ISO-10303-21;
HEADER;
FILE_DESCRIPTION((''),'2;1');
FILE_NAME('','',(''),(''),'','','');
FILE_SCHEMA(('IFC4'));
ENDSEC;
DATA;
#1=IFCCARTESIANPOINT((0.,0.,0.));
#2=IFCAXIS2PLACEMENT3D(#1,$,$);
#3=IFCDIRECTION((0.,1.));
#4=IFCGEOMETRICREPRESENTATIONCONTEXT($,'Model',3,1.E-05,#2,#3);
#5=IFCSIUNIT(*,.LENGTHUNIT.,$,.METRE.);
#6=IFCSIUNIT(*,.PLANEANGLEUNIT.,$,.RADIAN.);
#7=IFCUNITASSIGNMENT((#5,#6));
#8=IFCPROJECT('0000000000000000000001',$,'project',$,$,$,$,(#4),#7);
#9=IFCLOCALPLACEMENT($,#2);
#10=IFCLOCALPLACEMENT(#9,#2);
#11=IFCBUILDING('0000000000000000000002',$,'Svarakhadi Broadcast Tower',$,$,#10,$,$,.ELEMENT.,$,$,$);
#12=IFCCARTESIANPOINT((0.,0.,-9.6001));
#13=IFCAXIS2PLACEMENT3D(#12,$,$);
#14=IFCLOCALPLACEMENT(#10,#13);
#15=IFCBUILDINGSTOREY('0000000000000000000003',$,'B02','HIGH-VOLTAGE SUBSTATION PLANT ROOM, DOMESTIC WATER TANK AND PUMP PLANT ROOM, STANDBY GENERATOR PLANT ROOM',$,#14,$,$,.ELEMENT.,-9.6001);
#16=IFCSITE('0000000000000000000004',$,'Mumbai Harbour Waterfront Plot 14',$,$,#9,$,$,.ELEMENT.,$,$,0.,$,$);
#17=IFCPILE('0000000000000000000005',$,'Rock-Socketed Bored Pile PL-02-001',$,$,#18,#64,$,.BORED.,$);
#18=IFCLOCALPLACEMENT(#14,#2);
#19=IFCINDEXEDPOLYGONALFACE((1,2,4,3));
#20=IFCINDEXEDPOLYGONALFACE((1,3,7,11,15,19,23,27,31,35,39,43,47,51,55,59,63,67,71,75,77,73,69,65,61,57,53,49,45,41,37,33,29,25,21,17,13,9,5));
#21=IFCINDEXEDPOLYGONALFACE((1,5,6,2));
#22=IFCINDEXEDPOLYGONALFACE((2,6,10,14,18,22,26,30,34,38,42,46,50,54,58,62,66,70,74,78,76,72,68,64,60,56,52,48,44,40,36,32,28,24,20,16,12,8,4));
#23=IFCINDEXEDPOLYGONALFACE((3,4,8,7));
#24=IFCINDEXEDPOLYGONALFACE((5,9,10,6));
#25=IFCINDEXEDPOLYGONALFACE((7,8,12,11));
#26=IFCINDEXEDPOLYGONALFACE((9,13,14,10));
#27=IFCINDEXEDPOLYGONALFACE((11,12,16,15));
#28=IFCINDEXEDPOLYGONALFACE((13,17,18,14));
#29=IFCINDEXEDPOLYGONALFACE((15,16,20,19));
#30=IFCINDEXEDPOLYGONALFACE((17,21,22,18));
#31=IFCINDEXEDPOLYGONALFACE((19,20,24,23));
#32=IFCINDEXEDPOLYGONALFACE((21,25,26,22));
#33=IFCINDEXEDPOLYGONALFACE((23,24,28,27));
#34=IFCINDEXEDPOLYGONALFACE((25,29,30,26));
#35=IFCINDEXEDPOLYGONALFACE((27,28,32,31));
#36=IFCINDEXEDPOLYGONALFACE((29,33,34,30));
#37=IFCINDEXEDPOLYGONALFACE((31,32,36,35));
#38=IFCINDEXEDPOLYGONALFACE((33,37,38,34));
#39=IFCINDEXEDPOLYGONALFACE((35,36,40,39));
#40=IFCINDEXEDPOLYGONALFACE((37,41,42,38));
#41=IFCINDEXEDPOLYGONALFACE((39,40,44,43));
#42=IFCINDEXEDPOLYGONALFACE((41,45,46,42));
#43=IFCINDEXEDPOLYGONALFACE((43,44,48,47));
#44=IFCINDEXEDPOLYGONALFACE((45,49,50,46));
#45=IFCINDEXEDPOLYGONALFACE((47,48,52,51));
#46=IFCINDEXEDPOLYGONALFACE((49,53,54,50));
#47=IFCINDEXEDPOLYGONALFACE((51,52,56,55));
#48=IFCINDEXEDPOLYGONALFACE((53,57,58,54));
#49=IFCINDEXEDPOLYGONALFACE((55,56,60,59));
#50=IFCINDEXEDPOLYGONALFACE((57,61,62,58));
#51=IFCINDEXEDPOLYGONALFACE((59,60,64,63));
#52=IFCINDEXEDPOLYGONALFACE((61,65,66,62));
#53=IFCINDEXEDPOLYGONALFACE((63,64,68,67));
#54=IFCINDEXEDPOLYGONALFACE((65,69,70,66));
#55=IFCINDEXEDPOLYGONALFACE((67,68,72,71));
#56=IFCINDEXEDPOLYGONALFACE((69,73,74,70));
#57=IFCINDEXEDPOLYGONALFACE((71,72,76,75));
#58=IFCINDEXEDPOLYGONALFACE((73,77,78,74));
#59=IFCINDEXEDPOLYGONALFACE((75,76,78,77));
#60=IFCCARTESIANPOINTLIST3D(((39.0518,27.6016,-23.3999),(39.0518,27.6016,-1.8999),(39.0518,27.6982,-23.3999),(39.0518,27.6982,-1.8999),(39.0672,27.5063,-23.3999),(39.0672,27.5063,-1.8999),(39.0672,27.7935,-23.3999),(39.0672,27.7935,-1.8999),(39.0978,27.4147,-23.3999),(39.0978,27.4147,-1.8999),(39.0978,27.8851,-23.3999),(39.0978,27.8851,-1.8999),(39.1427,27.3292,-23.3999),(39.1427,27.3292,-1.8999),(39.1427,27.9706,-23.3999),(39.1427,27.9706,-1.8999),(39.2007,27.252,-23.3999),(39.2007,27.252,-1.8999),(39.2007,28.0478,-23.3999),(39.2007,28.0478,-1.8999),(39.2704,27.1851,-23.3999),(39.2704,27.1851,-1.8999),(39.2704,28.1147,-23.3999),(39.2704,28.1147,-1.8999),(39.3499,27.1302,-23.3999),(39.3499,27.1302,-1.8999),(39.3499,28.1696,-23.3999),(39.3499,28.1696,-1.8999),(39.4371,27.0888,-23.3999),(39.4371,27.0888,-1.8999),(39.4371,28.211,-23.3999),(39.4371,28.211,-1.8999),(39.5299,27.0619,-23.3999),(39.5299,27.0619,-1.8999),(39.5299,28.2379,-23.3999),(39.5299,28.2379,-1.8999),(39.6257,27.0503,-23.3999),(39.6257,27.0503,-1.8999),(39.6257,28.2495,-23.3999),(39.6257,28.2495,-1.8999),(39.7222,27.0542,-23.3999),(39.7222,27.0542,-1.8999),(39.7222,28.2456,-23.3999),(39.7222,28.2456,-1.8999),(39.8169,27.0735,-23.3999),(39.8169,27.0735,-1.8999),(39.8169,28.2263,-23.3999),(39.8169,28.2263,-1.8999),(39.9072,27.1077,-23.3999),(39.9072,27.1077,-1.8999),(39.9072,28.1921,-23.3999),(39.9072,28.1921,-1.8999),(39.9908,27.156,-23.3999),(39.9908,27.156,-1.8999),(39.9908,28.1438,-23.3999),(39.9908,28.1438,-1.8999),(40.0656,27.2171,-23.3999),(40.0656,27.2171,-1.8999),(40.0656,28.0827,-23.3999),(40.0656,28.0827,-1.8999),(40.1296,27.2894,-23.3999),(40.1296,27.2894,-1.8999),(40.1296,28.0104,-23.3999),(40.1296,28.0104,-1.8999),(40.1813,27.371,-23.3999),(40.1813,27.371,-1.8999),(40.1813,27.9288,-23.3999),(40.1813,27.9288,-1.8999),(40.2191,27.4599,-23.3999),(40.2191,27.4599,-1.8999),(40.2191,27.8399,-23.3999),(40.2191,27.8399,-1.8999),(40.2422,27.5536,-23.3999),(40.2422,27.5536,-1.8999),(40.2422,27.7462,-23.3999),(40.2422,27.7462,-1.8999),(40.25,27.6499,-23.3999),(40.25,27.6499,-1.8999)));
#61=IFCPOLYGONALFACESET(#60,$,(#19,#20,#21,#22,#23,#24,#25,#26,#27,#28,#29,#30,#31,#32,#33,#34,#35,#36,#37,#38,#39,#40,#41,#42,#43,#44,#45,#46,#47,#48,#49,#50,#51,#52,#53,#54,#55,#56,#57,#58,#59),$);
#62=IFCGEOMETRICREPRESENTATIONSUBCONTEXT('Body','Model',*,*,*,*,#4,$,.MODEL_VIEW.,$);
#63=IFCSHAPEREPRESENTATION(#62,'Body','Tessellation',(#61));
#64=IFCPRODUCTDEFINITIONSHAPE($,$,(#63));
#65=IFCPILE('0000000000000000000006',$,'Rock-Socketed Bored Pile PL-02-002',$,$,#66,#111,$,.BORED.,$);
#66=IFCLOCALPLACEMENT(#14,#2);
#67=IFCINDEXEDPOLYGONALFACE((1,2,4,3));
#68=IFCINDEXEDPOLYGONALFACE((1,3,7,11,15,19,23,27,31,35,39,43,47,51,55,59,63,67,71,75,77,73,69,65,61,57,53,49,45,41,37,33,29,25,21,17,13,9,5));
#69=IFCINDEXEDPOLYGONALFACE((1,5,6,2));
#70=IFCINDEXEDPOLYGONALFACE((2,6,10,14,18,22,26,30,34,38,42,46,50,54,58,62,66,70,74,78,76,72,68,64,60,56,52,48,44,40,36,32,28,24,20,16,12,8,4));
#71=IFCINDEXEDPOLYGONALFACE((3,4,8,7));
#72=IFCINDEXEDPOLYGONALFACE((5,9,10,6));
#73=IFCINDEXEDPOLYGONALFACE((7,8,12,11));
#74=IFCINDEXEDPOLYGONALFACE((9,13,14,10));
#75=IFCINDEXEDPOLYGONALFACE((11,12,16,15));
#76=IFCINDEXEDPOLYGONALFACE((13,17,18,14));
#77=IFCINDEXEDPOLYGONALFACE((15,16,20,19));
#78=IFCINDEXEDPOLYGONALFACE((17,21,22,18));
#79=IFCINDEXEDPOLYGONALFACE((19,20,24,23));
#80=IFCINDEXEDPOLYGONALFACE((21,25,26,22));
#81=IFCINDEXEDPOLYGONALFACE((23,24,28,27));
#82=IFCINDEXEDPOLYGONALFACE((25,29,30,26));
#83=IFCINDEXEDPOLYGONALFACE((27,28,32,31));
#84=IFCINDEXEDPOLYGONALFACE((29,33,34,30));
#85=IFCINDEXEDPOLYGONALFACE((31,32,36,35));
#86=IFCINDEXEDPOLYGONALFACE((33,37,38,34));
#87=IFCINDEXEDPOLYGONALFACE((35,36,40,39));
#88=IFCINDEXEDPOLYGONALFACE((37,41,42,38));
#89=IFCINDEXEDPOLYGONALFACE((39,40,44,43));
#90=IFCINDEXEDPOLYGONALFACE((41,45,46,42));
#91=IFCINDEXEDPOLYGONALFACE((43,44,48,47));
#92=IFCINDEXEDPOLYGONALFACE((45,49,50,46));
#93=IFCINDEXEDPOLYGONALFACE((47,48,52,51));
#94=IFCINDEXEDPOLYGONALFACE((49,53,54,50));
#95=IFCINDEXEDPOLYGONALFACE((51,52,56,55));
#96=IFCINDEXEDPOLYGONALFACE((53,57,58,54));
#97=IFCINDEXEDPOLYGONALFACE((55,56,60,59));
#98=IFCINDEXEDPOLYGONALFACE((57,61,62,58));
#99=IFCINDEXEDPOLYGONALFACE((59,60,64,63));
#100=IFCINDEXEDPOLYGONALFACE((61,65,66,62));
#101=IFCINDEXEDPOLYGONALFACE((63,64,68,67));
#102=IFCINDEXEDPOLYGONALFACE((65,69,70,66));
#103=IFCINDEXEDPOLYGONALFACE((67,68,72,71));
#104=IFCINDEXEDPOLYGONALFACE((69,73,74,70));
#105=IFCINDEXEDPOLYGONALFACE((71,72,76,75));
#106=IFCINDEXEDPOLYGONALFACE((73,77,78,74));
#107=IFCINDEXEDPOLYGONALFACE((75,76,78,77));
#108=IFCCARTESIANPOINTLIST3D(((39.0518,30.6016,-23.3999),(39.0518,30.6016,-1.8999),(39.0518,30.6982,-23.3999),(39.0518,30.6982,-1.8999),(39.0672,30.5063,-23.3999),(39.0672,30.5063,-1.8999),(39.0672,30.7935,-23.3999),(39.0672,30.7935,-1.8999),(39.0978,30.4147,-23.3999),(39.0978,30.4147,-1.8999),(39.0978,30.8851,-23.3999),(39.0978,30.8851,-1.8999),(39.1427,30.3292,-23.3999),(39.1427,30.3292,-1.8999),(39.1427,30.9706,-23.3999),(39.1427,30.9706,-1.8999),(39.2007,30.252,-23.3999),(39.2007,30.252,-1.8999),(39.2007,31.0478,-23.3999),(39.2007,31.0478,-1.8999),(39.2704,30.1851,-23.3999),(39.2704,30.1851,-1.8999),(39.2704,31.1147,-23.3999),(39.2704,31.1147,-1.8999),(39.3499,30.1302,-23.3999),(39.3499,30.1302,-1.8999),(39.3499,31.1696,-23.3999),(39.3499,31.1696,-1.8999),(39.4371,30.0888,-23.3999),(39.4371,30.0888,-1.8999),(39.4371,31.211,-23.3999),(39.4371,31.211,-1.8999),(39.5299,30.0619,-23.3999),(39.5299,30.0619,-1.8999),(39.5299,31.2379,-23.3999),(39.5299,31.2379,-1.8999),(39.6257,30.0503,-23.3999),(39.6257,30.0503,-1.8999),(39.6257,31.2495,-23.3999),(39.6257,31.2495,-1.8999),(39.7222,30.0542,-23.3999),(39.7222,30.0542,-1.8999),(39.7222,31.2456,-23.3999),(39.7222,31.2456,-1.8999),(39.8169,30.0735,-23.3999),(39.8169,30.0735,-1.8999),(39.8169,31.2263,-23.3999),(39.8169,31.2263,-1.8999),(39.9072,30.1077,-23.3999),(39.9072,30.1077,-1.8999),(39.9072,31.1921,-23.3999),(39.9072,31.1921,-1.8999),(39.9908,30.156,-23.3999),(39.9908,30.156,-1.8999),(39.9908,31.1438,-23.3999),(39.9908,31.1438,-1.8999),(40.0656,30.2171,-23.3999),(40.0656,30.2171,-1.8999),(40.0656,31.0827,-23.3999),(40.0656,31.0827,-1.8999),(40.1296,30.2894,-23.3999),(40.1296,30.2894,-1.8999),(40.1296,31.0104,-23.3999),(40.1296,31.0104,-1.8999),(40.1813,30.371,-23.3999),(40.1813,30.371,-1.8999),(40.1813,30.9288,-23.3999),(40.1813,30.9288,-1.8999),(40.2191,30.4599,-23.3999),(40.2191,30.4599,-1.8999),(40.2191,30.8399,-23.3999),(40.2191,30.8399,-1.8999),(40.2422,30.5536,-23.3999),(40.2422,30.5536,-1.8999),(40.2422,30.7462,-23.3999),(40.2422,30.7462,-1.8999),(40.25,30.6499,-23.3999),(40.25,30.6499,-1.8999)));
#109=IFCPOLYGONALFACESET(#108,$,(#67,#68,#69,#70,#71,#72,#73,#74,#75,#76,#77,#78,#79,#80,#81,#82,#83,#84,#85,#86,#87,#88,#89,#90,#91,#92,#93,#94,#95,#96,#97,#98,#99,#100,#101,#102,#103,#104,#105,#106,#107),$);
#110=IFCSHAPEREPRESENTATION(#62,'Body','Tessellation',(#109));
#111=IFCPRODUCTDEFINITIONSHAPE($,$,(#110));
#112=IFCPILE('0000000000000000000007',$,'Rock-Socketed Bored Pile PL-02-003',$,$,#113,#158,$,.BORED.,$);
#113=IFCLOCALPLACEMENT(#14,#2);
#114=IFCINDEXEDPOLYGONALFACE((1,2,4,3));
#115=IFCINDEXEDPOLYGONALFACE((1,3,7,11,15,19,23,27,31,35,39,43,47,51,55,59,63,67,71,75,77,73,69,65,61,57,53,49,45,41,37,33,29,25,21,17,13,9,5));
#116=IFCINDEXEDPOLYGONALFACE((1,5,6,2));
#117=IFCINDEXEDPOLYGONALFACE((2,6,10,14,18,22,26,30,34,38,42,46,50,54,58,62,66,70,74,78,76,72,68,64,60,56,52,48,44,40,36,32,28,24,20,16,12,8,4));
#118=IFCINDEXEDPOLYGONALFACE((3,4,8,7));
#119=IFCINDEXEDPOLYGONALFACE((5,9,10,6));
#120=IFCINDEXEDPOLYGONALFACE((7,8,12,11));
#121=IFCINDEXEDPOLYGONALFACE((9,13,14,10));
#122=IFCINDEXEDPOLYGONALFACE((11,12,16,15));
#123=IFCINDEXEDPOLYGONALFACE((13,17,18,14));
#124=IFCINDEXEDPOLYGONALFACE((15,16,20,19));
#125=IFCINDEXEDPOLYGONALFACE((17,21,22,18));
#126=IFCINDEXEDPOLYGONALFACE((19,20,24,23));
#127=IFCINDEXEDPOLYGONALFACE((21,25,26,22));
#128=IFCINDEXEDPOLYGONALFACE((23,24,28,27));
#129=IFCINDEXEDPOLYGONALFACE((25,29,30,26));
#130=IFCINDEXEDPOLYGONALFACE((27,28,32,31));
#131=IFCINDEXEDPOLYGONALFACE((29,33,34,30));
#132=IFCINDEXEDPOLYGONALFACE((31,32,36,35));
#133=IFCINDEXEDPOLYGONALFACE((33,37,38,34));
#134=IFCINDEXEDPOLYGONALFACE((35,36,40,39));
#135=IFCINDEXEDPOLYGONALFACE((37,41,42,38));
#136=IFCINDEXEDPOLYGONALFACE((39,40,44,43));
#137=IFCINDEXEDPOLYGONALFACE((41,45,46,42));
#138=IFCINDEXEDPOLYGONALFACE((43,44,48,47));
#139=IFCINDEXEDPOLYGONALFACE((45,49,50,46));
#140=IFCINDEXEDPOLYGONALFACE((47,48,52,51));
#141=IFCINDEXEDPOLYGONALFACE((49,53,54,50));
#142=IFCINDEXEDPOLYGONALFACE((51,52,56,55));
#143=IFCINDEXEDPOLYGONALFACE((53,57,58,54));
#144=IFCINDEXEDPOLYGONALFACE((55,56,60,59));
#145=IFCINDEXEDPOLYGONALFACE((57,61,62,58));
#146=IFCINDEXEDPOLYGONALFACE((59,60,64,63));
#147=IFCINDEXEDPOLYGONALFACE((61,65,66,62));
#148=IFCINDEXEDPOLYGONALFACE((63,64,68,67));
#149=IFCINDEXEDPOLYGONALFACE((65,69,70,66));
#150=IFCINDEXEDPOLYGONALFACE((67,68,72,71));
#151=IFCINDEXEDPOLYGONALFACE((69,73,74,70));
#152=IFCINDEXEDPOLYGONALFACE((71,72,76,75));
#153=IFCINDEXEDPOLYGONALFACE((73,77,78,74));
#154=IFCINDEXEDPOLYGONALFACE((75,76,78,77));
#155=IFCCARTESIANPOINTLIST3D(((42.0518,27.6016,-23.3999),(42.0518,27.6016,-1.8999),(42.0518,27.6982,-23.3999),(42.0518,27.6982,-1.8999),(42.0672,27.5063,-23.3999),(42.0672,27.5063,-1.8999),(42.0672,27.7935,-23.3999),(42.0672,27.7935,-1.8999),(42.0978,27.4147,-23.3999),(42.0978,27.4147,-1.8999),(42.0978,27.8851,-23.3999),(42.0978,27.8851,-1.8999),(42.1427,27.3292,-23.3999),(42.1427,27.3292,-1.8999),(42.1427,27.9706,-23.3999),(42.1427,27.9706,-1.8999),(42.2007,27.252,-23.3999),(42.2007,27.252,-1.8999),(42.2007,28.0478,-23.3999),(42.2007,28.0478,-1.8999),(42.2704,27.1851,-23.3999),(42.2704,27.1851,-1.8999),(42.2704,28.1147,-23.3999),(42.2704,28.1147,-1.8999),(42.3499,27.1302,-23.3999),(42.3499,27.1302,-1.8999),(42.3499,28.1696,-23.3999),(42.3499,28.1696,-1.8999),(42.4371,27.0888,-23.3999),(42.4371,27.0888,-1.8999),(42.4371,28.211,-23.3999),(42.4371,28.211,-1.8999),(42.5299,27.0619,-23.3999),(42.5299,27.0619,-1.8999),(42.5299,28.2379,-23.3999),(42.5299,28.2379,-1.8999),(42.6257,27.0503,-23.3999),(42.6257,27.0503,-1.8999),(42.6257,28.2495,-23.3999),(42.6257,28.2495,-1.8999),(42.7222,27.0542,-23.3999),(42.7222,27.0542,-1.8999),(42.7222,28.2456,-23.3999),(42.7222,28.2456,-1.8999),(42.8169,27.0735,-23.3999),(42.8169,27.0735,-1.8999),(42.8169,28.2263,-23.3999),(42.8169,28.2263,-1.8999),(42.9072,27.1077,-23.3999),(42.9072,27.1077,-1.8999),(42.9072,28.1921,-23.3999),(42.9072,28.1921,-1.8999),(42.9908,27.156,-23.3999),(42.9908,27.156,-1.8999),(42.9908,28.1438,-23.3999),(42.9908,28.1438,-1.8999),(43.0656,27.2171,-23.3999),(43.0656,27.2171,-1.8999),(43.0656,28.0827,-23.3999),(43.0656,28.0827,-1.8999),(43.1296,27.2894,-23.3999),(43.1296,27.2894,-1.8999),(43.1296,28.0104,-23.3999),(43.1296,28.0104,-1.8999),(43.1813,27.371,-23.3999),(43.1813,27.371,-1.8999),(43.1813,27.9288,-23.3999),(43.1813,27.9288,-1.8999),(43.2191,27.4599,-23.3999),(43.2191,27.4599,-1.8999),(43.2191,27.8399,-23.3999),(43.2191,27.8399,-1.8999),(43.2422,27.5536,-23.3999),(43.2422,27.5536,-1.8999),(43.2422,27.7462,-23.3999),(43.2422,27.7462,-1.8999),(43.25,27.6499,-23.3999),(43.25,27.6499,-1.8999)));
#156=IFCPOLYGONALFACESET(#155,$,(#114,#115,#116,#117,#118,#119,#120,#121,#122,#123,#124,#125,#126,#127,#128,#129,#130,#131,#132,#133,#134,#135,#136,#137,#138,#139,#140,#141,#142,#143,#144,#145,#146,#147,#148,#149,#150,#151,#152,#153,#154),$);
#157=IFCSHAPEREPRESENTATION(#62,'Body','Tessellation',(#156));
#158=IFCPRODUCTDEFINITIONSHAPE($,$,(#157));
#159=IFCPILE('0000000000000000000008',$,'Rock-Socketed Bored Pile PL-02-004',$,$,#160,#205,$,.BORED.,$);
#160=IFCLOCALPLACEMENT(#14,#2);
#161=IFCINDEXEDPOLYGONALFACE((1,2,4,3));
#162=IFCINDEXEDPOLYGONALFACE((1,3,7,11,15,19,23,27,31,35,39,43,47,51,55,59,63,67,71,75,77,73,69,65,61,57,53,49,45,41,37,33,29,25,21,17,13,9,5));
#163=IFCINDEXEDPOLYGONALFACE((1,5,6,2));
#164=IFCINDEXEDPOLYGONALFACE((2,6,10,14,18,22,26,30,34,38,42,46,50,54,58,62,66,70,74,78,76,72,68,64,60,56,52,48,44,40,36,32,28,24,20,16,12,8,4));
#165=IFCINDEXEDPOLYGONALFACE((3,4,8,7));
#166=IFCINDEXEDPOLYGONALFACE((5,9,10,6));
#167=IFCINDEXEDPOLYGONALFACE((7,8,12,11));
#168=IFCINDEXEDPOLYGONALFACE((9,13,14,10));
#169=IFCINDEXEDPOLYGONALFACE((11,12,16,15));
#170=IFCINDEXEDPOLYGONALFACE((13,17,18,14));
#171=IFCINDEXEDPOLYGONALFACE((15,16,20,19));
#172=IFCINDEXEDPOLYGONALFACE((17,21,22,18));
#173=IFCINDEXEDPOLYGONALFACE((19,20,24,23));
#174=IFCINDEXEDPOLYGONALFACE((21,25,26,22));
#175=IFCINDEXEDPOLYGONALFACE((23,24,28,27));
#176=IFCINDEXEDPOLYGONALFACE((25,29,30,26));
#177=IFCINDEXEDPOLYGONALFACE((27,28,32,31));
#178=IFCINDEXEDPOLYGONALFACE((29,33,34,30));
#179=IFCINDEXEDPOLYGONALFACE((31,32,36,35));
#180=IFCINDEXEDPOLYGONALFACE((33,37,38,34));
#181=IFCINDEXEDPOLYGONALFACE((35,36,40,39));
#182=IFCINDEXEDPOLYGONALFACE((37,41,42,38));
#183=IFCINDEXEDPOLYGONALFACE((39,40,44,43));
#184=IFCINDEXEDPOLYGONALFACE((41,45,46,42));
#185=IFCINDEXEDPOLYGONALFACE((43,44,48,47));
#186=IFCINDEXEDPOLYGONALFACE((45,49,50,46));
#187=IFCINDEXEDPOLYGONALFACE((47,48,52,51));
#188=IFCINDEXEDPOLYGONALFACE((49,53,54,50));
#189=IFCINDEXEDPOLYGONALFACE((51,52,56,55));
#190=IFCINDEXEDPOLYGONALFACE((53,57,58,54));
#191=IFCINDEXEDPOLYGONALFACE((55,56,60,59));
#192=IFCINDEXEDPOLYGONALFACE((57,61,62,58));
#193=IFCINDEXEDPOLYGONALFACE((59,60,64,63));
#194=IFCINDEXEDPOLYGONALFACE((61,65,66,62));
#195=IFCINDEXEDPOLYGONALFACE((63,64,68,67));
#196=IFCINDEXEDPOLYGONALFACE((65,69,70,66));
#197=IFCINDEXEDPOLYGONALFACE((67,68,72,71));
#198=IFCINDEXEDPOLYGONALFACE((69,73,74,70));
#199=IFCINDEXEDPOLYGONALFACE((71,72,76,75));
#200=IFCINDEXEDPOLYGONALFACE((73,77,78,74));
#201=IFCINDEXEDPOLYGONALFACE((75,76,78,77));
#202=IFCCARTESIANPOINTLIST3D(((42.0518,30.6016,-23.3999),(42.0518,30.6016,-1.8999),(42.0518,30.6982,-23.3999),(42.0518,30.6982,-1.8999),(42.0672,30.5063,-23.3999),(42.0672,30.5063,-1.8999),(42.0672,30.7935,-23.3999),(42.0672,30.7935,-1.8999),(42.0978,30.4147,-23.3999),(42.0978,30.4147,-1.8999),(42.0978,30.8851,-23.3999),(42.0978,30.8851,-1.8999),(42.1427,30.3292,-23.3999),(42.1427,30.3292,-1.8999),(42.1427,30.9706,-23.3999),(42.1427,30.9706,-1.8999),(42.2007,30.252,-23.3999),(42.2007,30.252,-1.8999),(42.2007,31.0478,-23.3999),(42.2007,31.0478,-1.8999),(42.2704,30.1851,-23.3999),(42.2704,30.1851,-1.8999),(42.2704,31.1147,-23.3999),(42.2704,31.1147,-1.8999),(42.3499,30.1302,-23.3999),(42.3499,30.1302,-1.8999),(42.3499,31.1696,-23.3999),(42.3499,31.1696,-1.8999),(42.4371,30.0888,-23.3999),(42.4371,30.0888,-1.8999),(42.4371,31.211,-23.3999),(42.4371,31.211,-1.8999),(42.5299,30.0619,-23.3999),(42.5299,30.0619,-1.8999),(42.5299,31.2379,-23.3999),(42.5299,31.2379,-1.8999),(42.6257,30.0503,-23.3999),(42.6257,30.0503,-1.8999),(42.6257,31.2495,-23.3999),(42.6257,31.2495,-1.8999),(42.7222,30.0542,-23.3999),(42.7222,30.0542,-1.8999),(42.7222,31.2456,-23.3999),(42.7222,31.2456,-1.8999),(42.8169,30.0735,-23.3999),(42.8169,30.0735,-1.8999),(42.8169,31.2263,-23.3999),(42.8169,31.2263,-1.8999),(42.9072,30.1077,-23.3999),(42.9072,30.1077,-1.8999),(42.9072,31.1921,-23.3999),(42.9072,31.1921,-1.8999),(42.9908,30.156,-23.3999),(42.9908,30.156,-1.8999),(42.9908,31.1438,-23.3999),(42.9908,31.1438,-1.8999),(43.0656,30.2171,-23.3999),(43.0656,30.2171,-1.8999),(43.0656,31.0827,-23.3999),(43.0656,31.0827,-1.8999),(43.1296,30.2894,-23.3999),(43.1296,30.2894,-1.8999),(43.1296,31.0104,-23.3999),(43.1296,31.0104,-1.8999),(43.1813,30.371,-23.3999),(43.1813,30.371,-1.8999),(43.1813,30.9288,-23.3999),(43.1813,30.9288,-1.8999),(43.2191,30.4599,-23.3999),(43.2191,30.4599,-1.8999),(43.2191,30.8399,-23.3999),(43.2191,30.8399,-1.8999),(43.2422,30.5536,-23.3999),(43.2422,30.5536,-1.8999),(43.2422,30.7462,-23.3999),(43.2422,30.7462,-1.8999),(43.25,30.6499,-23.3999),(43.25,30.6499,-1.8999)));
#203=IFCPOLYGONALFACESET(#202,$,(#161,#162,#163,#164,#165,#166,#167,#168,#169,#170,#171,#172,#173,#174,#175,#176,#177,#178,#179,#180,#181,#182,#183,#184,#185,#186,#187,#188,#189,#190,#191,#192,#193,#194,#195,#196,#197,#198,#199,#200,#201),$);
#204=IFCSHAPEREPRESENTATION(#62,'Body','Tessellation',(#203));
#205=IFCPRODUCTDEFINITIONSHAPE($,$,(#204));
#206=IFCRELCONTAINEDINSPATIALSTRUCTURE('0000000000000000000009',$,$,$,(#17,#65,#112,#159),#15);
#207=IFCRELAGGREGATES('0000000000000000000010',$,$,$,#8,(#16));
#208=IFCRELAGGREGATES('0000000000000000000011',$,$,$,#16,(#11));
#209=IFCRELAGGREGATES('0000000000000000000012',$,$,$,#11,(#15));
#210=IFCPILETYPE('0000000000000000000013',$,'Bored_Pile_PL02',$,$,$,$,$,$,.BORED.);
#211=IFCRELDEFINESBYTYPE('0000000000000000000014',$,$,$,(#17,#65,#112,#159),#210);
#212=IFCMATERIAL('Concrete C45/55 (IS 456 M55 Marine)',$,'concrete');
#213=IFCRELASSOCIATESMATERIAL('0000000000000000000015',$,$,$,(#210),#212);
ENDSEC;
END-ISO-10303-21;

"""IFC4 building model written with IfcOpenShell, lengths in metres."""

from ifc_helpers import new_model, si_unit, direction, frame, origin, origin_2d, place, context, subcontext, project, spatial, circle, extrude, material, material_profile, profile_set, type_object, element, save


model = new_model("IFC4")

# Units and contexts
model_context = context("Model", 3, precision=1e-05, world=origin(), true_north=direction((0.0, 1.0)))
body_context = subcontext(model_context, "Body", "Model", "MODEL_VIEW")
ifc_project = project(units=[si_unit("LENGTHUNIT", "METRE"), si_unit("PLANEANGLEUNIT", "RADIAN")], contexts=[model_context])

# Site, building, storey
site_placement = place(None, origin())
site = spatial("IfcSite", under=ifc_project, at=site_placement, Name="Mumbai Harbour Waterfront Plot 14", CompositionType="ELEMENT", RefElevation=0.0)
building_placement = place(site_placement, origin())
building = spatial("IfcBuilding", under=site, at=building_placement, Name="Svarakhadi Broadcast Tower", CompositionType="ELEMENT")
storey_placement = place(building_placement, frame((0.0, 0.0, -9.6001)))
storey = spatial("IfcBuildingStorey", under=building, at=storey_placement, Name="B02", Description="HIGH-VOLTAGE SUBSTATION PLANT ROOM, DOMESTIC WATER TANK AND PUMP PLANT ROOM, STANDBY GENERATOR PLANT ROOM", CompositionType="ELEMENT", Elevation=-9.6001)

# Piles
ifc_material_1 = material(Name="Concrete C45/55 (IS 456 M55 Marine)", Category="concrete")
ifc_material_profile_1 = material_profile(ifc_material_1, circle(Radius=0.6001, at=origin_2d()), Name="PILE D1200")
ifc_profile_set_1 = profile_set([ifc_material_profile_1], Name="Concrete C45/55 (IS 456 M55 Marine)")
pile_type = type_object("IfcPileType", Name="Bored_Pile_PL02", PredefinedType="BORED", material=ifc_profile_set_1)
for number, where, z_axis, x_axis, name in (
    (1, (39.6499, 27.6499, -1.8999), (0.0, 0.0, -1.0), (1.0, 0.0, 0.0), "Rock-Socketed Bored Pile PL-02-001"),
    (2, (39.6499, 30.6499, -1.8999), (0.0, 0.0, -1.0), (1.0, 0.0, 0.0), "Rock-Socketed Bored Pile PL-02-002"),
    (3, (42.6499, 27.6499, -1.8999), (0.0, 0.0, -1.0), (1.0, 0.0, 0.0), "Rock-Socketed Bored Pile PL-02-003"),
    (4, (42.6499, 30.6499, -1.8999), (0.0, 0.0, -1.0), (1.0, 0.0, 0.0), "Rock-Socketed Bored Pile PL-02-004"),
):
    element("IfcPile", number, at=place(storey_placement, frame(where, z_axis=z_axis, x_axis=x_axis)), inside=storey, type_object=pile_type, Name=name, PredefinedType="BORED", context=body_context, shape_type="SweptSolid", body=[
        extrude(circle(Radius=0.6001, at=origin_2d()), origin(), (0.0, 0.0, 1.0), 21.5),
    ])

save(model, "model.ifc")
